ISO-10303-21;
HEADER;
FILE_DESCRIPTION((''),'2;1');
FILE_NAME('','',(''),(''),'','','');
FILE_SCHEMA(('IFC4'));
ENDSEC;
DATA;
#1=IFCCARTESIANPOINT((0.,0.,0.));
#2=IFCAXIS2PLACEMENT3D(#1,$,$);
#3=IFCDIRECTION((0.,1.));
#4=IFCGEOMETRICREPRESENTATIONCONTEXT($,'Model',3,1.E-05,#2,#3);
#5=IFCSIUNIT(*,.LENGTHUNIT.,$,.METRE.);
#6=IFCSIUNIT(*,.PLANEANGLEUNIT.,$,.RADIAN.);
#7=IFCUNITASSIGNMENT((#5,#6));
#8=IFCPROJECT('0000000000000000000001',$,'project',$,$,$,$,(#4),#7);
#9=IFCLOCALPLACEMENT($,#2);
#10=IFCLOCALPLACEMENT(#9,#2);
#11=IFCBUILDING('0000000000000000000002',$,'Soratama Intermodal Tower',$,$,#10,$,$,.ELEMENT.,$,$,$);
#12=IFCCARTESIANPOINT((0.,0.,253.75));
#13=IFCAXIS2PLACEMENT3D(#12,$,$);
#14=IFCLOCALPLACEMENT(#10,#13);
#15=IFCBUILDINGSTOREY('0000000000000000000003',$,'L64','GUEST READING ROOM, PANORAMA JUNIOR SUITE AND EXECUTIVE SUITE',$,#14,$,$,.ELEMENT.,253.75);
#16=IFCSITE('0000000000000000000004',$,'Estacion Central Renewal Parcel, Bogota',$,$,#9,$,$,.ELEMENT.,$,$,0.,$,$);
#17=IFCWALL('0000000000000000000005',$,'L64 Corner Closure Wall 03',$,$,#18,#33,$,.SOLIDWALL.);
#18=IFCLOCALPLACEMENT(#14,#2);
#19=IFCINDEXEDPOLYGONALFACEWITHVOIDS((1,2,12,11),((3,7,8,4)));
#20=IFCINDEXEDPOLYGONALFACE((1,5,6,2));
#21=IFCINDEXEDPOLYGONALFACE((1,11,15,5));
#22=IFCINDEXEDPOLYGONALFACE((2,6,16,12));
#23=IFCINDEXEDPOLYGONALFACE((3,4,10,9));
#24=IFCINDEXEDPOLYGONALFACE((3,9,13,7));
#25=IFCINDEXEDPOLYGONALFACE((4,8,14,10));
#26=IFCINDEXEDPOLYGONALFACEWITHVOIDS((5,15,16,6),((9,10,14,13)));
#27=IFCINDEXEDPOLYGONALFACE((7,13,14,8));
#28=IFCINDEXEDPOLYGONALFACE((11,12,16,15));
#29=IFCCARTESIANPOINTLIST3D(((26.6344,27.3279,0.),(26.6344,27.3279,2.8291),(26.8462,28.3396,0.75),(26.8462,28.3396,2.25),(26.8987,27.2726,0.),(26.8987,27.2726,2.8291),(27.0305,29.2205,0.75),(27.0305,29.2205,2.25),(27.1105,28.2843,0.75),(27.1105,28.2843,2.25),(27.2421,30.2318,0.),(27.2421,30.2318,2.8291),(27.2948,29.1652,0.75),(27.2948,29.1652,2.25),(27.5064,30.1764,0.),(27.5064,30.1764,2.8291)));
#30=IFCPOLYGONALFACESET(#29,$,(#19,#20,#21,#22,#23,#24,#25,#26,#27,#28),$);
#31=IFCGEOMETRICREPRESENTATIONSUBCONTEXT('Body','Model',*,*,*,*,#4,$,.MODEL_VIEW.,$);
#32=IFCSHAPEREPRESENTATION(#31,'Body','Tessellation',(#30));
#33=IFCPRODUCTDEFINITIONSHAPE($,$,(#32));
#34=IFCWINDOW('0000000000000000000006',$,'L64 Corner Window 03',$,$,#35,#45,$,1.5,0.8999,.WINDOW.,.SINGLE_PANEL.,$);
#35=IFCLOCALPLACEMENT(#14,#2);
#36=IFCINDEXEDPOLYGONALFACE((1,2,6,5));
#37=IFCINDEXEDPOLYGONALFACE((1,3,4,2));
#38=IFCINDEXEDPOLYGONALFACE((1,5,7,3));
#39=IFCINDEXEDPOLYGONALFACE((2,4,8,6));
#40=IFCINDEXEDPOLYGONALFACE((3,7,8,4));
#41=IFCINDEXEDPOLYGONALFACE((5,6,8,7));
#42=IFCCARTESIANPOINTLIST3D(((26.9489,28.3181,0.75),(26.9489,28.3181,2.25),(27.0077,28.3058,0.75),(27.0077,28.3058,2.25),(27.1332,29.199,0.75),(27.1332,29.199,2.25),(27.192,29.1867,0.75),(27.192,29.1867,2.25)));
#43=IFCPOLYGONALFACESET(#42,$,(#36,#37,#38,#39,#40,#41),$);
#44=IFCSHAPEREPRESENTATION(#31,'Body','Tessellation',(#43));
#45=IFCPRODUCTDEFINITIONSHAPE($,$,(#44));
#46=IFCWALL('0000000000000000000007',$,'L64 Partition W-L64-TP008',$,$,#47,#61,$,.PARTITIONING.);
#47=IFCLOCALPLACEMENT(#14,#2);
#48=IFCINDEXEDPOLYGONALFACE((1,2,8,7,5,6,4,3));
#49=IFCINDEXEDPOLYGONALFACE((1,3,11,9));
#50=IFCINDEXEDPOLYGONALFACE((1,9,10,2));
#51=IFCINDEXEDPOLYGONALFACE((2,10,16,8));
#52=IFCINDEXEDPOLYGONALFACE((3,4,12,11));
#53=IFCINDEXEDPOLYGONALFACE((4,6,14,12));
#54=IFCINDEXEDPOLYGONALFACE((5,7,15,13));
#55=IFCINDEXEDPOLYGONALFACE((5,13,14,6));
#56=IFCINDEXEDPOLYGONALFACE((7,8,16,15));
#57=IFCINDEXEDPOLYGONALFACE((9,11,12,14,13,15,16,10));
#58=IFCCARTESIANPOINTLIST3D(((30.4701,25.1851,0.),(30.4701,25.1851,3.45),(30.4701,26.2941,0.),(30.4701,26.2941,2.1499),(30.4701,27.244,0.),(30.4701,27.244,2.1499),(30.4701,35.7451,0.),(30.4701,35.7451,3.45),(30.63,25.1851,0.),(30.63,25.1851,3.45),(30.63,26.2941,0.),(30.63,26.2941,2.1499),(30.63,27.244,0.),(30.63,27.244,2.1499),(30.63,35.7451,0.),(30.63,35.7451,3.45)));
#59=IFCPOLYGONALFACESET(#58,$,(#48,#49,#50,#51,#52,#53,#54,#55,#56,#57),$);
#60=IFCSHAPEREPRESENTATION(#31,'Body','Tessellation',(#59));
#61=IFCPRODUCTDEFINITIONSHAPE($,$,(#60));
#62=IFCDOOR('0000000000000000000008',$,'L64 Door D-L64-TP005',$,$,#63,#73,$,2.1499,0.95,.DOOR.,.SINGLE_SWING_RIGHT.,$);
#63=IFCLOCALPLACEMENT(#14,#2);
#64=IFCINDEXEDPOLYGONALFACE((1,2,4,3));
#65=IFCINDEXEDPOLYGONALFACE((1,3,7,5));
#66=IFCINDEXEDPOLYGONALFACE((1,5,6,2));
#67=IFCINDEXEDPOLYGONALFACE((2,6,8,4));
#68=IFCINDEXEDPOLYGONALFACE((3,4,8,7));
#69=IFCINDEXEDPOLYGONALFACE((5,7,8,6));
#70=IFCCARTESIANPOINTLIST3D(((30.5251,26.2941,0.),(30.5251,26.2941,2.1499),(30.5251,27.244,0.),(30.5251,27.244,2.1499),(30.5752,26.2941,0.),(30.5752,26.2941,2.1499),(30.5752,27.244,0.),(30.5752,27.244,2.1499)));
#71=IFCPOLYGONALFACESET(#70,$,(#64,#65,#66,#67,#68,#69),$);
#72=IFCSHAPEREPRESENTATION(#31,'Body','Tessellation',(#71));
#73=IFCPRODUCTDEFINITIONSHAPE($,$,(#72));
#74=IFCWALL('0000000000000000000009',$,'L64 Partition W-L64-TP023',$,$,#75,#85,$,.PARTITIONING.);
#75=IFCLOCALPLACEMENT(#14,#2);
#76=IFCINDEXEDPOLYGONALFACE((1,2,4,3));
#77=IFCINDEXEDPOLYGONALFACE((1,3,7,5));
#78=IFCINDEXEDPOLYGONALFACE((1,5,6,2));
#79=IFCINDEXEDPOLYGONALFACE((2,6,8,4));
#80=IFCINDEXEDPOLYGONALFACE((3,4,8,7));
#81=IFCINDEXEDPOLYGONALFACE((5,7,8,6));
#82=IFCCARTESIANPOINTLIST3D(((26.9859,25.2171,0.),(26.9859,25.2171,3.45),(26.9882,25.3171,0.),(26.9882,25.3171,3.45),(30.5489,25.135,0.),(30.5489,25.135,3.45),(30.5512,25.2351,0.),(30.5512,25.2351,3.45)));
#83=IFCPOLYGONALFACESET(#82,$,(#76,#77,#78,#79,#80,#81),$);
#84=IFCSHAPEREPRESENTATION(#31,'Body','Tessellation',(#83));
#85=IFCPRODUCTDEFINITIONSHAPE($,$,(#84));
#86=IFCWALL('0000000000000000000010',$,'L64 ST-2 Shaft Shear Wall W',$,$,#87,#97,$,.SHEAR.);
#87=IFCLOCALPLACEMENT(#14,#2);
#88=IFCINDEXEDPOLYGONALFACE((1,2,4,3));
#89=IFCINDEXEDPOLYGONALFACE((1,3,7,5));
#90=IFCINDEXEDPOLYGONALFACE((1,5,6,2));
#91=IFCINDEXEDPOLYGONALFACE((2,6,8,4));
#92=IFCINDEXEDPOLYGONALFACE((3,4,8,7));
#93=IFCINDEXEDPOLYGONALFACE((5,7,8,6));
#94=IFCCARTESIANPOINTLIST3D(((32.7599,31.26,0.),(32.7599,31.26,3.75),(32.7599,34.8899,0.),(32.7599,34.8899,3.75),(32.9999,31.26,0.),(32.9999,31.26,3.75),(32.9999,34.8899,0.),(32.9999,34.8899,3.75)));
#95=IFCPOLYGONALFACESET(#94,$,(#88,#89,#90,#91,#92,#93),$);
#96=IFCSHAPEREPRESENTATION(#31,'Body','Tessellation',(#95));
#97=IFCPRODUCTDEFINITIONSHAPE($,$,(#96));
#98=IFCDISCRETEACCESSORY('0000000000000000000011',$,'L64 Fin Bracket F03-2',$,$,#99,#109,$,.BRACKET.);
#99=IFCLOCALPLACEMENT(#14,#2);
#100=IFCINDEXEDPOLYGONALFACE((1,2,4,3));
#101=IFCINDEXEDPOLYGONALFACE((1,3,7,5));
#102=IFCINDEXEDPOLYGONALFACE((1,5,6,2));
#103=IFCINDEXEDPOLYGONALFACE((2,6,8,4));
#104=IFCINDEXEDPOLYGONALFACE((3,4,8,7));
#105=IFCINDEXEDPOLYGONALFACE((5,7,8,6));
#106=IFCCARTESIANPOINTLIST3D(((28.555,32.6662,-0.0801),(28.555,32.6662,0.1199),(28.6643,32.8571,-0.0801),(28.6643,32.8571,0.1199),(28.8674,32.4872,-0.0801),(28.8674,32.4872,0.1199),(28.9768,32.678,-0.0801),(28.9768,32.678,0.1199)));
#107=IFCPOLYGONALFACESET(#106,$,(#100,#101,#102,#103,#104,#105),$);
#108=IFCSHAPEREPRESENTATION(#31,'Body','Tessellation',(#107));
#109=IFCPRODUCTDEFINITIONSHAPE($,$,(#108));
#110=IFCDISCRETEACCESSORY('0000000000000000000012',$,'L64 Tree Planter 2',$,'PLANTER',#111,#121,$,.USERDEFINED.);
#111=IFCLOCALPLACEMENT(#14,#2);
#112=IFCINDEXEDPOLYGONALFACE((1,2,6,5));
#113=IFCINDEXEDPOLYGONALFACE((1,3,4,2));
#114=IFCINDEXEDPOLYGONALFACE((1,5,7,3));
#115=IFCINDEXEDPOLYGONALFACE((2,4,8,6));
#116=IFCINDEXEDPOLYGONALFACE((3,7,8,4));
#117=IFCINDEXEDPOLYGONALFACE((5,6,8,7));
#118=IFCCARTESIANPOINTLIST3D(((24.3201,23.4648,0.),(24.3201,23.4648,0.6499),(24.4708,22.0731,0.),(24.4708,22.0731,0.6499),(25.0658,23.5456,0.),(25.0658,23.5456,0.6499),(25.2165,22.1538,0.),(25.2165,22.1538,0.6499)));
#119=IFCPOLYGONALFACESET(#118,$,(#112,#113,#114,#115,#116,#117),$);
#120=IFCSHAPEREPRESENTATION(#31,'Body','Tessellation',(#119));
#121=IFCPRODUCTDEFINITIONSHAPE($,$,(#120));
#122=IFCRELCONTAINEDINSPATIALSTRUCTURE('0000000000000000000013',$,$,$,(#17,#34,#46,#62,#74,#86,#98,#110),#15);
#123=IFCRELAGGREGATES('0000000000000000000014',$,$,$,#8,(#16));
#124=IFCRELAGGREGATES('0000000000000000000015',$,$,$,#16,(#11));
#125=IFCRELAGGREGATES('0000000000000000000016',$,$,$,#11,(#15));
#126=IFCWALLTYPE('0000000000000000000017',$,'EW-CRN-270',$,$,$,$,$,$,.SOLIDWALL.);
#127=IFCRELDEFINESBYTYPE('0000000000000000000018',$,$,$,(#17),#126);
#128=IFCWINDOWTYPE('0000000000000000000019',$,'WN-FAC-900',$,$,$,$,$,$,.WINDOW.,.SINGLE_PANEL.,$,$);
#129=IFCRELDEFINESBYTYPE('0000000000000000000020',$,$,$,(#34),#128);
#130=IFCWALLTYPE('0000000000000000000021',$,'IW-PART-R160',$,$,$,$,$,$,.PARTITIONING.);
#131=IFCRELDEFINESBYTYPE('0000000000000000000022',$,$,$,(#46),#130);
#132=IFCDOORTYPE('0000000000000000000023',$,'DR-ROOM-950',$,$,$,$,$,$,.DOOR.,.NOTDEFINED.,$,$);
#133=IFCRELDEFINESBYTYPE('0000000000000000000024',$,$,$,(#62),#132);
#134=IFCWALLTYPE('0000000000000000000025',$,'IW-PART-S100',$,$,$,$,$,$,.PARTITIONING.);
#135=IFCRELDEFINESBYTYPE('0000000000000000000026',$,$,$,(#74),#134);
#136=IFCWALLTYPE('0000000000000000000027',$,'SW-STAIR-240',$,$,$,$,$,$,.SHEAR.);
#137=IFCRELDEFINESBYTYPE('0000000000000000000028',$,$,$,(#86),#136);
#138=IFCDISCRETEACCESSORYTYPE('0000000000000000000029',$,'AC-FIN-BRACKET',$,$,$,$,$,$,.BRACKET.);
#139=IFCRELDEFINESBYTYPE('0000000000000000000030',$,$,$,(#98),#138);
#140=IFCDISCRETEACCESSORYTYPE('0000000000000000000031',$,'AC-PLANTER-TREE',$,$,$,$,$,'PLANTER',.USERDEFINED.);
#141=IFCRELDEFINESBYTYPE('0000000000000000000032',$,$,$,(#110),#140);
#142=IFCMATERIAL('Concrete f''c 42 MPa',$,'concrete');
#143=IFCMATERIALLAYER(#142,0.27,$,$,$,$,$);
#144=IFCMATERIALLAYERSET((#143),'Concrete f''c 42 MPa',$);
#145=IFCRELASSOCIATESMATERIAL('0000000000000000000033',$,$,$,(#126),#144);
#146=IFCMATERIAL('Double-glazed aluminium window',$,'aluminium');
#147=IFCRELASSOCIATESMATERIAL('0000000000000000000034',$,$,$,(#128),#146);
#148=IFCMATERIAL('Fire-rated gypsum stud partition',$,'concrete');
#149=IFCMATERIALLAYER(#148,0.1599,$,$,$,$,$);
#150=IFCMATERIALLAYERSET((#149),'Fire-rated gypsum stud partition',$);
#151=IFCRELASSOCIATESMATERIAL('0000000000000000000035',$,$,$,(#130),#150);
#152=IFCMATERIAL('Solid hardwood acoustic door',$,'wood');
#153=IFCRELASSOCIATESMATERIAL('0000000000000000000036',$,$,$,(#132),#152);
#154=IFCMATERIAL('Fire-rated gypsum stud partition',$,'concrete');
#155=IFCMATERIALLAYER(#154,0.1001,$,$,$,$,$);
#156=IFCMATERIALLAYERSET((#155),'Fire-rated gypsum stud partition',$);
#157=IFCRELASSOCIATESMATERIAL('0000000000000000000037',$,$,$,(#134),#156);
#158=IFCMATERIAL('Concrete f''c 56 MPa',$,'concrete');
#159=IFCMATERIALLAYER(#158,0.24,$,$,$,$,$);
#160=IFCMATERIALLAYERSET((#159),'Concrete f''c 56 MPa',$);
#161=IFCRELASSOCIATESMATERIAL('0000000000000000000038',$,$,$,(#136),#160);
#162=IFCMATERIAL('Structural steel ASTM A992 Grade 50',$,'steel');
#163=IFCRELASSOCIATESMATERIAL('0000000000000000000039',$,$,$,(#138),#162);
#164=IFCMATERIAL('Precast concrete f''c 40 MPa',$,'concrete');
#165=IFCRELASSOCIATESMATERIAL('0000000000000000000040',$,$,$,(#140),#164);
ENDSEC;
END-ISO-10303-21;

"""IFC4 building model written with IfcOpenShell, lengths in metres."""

from ifc_helpers import new_model, si_unit, direction, frame, frame_2d, origin, origin_2d, place, context, subcontext, project, spatial, rectangle, extrude, material, layer, layer_set, type_object, element, fill, save


model = new_model("IFC4")

# Units and contexts
model_context = context("Model", 3, precision=1e-05, world=origin(), true_north=direction((0.0, 1.0)))
body_context = subcontext(model_context, "Body", "Model", "MODEL_VIEW")
ifc_project = project(units=[si_unit("LENGTHUNIT", "METRE"), si_unit("PLANEANGLEUNIT", "RADIAN")], contexts=[model_context])

# Site, building, storey
site_placement = place(None, origin())
site = spatial("IfcSite", under=ifc_project, at=site_placement, Name="Estacion Central Renewal Parcel, Bogota", CompositionType="ELEMENT", RefElevation=0.0)
building_placement = place(site_placement, origin())
building = spatial("IfcBuilding", under=site, at=building_placement, Name="Soratama Intermodal Tower", CompositionType="ELEMENT")
storey_placement = place(building_placement, frame((0.0, 0.0, 253.75)))
storey = spatial("IfcBuildingStorey", under=building, at=storey_placement, Name="L64", Description="GUEST READING ROOM, PANORAMA JUNIOR SUITE AND EXECUTIVE SUITE", CompositionType="ELEMENT", Elevation=253.75)

# Wall, opening, window
ifc_material_1 = material(Name="Concrete f'c 42 MPa", Category="concrete")
ifc_layer_1 = layer(ifc_material_1, 0.27)
ifc_layer_set_1 = layer_set([ifc_layer_1], Name="Concrete f'c 42 MPa")
wall_type_1 = type_object("IfcWallType", Name="EW-CRN-270", PredefinedType="SOLIDWALL", material=ifc_layer_set_1)
wall_1_placement = place(storey_placement, frame((27.3743, 30.2041, 0.0), z_axis=(0.0, 0.0, 1.0), x_axis=(-0.204828, -0.978798, 0.0)))
wall_1 = element("IfcWall", 1, at=wall_1_placement, inside=storey, type_object=wall_type_1, Name="L64 Corner Closure Wall 03", PredefinedType="SOLIDWALL", context=body_context, shape_type="SweptSolid", body=[
    extrude(rectangle(XDim=2.9668, YDim=0.27, at=frame_2d((1.4834, 0.0))), origin(), (0.0, 0.0, 1.0), 2.8291),
])
opening_1_placement = place(wall_1_placement, frame((1.0332, 0.0, 0.75)))
opening_1 = element("IfcOpeningElement", 2, at=opening_1_placement, cuts=wall_1, PredefinedType="OPENING", context=body_context, shape_type="SweptSolid", body=[
    extrude(rectangle(XDim=0.8999, YDim=1.5, at=frame_2d((0.45, 0.75))), frame((0.0, 0.145, 0.0), z_axis=(0.0, -1.0, 0.0), x_axis=(1.0, 0.0, 0.0)), (0.0, 0.0, 1.0), 0.29),
])
ifc_material_2 = material(Name="Double-glazed aluminium window", Category="aluminium")
window_type_1 = type_object("IfcWindowType", Name="WN-FAC-900", PartitioningType="SINGLE_PANEL", PredefinedType="WINDOW", material=ifc_material_2)
window_1_placement = place(opening_1_placement, origin())
window_1 = element("IfcWindow", 3, at=window_1_placement, inside=storey, type_object=window_type_1, Name="L64 Corner Window 03", OverallHeight=1.5, OverallWidth=0.8999, PartitioningType="SINGLE_PANEL", PredefinedType="WINDOW", context=body_context, shape_type="SweptSolid", body=[
    extrude(rectangle(XDim=0.8999, YDim=1.5, at=frame_2d((0.45, 0.75))), frame((0.0, 0.03, 0.0), z_axis=(0.0, -1.0, 0.0), x_axis=(1.0, 0.0, 0.0)), (0.0, 0.0, 1.0), 0.0601),
])
fill(opening_1, window_1)

# Wall, opening, door
ifc_material_3 = material(Name="Fire-rated gypsum stud partition", Category="concrete")
ifc_layer_2 = layer(ifc_material_3, 0.1599)
ifc_layer_set_2 = layer_set([ifc_layer_2], Name="Fire-rated gypsum stud partition")
wall_type_2 = type_object("IfcWallType", Name="IW-PART-R160", PredefinedType="PARTITIONING", material=ifc_layer_set_2)
wall_2_placement = place(storey_placement, frame((30.55, 25.1851, 0.0), z_axis=(0.0, 0.0, 1.0), x_axis=(0.0, 1.0, 0.0)))
wall_2 = element("IfcWall", 4, at=wall_2_placement, inside=storey, type_object=wall_type_2, Name="L64 Partition W-L64-TP008", PredefinedType="PARTITIONING", context=body_context, shape_type="SweptSolid", body=[
    extrude(rectangle(XDim=10.5601, YDim=0.1599, at=frame_2d((5.28, 0.0))), origin(), (0.0, 0.0, 1.0), 3.45),
])
opening_2_placement = place(wall_2_placement, frame((1.1089, 0.0, 0.0)))
opening_2 = element("IfcOpeningElement", 5, at=opening_2_placement, cuts=wall_2, PredefinedType="OPENING", context=body_context, shape_type="SweptSolid", body=[
    extrude(rectangle(XDim=0.95, YDim=2.1499, at=frame_2d((0.4751, 1.075))), frame((0.0, 0.0898, 0.0), z_axis=(0.0, -1.0, 0.0), x_axis=(1.0, 0.0, 0.0)), (0.0, 0.0, 1.0), 0.1799),
])
ifc_material_4 = material(Name="Solid hardwood acoustic door", Category="wood")
door_type_1 = type_object("IfcDoorType", Name="DR-ROOM-950", OperationType="NOTDEFINED", PredefinedType="DOOR", material=ifc_material_4)
door_1_placement = place(opening_2_placement, origin())
door_1 = element("IfcDoor", 6, at=door_1_placement, inside=storey, type_object=door_type_1, Name="L64 Door D-L64-TP005", OperationType="SINGLE_SWING_RIGHT", OverallHeight=2.1499, OverallWidth=0.95, PredefinedType="DOOR", context=body_context, shape_type="SweptSolid", body=[
    extrude(rectangle(XDim=0.95, YDim=2.1499, at=frame_2d((0.4751, 1.075))), frame((0.0, 0.0249, 0.0), z_axis=(0.0, -1.0, 0.0), x_axis=(1.0, 0.0, 0.0)), (0.0, 0.0, 1.0), 0.05),
])
fill(opening_2, door_1)

# Walls
ifc_material_5 = material(Name="Fire-rated gypsum stud partition", Category="concrete")
ifc_layer_3 = layer(ifc_material_5, 0.1001)
ifc_layer_set_3 = layer_set([ifc_layer_3], Name="Fire-rated gypsum stud partition")
wall_type_3 = type_object("IfcWallType", Name="IW-PART-S100", PredefinedType="PARTITIONING", material=ifc_layer_set_3)
wall_3_placement = place(storey_placement, frame((30.55, 25.1851, 0.0), z_axis=(0.0, 0.0, 1.0), x_axis=(-0.999735, 0.023017, 0.0)))
element("IfcWall", 7, at=wall_3_placement, inside=storey, type_object=wall_type_3, Name="L64 Partition W-L64-TP023", PredefinedType="PARTITIONING", context=body_context, shape_type="SweptSolid", body=[
    extrude(rectangle(XDim=3.564, YDim=0.1001, at=frame_2d((1.782, 0.0))), origin(), (0.0, 0.0, 1.0), 3.45),
])
ifc_material_6 = material(Name="Concrete f'c 56 MPa", Category="concrete")
ifc_layer_4 = layer(ifc_material_6, 0.24)
ifc_layer_set_4 = layer_set([ifc_layer_4], Name="Concrete f'c 56 MPa")
wall_type_4 = type_object("IfcWallType", Name="SW-STAIR-240", PredefinedType="SHEAR", material=ifc_layer_set_4)
wall_4_placement = place(storey_placement, frame((32.8799, 31.26, 0.0), z_axis=(0.0, 0.0, 1.0), x_axis=(0.0, 1.0, 0.0)))
element("IfcWall", 8, at=wall_4_placement, inside=storey, type_object=wall_type_4, Name="L64 ST-2 Shaft Shear Wall W", PredefinedType="SHEAR", context=body_context, shape_type="SweptSolid", body=[
    extrude(rectangle(XDim=3.6299, YDim=0.24, at=frame_2d((1.8149, 0.0))), origin(), (0.0, 0.0, 1.0), 3.75),
])

# Discrete accessories
ifc_material_7 = material(Name="Structural steel ASTM A992 Grade 50", Category="steel")
discrete_accessory_type_1 = type_object("IfcDiscreteAccessoryType", Name="AC-FIN-BRACKET", PredefinedType="BRACKET", material=ifc_material_7)
discrete_accessory_1_placement = place(storey_placement, frame((28.7659, 32.6721, -0.0801), z_axis=(0.0, 0.0, 1.0), x_axis=(-0.867592, 0.497277, 0.0)))
element("IfcDiscreteAccessory", 9, at=discrete_accessory_1_placement, inside=storey, type_object=discrete_accessory_type_1, Name="L64 Fin Bracket F03-2", PredefinedType="BRACKET", context=body_context, shape_type="SweptSolid", body=[
    extrude(rectangle(XDim=0.3601, YDim=0.22, at=origin_2d()), origin(), (0.0, 0.0, 1.0), 0.2),
])
ifc_material_8 = material(Name="Precast concrete f'c 40 MPa", Category="concrete")
discrete_accessory_type_2 = type_object("IfcDiscreteAccessoryType", Name="AC-PLANTER-TREE", ElementType="PLANTER", PredefinedType="USERDEFINED", material=ifc_material_8)
discrete_accessory_2_placement = place(storey_placement, frame((24.7683, 22.8093, 0.0), z_axis=(0.0, 0.0, 1.0), x_axis=(-0.994189, -0.107652, 0.0)))
element("IfcDiscreteAccessory", 10, at=discrete_accessory_2_placement, inside=storey, type_object=discrete_accessory_type_2, Name="L64 Tree Planter 2", ObjectType="PLANTER", PredefinedType="USERDEFINED", context=body_context, shape_type="SweptSolid", body=[
    extrude(rectangle(XDim=0.75, YDim=1.3999, at=origin_2d()), origin(), (0.0, 0.0, 1.0), 0.6499),
])

save(model, "model.ifc")
